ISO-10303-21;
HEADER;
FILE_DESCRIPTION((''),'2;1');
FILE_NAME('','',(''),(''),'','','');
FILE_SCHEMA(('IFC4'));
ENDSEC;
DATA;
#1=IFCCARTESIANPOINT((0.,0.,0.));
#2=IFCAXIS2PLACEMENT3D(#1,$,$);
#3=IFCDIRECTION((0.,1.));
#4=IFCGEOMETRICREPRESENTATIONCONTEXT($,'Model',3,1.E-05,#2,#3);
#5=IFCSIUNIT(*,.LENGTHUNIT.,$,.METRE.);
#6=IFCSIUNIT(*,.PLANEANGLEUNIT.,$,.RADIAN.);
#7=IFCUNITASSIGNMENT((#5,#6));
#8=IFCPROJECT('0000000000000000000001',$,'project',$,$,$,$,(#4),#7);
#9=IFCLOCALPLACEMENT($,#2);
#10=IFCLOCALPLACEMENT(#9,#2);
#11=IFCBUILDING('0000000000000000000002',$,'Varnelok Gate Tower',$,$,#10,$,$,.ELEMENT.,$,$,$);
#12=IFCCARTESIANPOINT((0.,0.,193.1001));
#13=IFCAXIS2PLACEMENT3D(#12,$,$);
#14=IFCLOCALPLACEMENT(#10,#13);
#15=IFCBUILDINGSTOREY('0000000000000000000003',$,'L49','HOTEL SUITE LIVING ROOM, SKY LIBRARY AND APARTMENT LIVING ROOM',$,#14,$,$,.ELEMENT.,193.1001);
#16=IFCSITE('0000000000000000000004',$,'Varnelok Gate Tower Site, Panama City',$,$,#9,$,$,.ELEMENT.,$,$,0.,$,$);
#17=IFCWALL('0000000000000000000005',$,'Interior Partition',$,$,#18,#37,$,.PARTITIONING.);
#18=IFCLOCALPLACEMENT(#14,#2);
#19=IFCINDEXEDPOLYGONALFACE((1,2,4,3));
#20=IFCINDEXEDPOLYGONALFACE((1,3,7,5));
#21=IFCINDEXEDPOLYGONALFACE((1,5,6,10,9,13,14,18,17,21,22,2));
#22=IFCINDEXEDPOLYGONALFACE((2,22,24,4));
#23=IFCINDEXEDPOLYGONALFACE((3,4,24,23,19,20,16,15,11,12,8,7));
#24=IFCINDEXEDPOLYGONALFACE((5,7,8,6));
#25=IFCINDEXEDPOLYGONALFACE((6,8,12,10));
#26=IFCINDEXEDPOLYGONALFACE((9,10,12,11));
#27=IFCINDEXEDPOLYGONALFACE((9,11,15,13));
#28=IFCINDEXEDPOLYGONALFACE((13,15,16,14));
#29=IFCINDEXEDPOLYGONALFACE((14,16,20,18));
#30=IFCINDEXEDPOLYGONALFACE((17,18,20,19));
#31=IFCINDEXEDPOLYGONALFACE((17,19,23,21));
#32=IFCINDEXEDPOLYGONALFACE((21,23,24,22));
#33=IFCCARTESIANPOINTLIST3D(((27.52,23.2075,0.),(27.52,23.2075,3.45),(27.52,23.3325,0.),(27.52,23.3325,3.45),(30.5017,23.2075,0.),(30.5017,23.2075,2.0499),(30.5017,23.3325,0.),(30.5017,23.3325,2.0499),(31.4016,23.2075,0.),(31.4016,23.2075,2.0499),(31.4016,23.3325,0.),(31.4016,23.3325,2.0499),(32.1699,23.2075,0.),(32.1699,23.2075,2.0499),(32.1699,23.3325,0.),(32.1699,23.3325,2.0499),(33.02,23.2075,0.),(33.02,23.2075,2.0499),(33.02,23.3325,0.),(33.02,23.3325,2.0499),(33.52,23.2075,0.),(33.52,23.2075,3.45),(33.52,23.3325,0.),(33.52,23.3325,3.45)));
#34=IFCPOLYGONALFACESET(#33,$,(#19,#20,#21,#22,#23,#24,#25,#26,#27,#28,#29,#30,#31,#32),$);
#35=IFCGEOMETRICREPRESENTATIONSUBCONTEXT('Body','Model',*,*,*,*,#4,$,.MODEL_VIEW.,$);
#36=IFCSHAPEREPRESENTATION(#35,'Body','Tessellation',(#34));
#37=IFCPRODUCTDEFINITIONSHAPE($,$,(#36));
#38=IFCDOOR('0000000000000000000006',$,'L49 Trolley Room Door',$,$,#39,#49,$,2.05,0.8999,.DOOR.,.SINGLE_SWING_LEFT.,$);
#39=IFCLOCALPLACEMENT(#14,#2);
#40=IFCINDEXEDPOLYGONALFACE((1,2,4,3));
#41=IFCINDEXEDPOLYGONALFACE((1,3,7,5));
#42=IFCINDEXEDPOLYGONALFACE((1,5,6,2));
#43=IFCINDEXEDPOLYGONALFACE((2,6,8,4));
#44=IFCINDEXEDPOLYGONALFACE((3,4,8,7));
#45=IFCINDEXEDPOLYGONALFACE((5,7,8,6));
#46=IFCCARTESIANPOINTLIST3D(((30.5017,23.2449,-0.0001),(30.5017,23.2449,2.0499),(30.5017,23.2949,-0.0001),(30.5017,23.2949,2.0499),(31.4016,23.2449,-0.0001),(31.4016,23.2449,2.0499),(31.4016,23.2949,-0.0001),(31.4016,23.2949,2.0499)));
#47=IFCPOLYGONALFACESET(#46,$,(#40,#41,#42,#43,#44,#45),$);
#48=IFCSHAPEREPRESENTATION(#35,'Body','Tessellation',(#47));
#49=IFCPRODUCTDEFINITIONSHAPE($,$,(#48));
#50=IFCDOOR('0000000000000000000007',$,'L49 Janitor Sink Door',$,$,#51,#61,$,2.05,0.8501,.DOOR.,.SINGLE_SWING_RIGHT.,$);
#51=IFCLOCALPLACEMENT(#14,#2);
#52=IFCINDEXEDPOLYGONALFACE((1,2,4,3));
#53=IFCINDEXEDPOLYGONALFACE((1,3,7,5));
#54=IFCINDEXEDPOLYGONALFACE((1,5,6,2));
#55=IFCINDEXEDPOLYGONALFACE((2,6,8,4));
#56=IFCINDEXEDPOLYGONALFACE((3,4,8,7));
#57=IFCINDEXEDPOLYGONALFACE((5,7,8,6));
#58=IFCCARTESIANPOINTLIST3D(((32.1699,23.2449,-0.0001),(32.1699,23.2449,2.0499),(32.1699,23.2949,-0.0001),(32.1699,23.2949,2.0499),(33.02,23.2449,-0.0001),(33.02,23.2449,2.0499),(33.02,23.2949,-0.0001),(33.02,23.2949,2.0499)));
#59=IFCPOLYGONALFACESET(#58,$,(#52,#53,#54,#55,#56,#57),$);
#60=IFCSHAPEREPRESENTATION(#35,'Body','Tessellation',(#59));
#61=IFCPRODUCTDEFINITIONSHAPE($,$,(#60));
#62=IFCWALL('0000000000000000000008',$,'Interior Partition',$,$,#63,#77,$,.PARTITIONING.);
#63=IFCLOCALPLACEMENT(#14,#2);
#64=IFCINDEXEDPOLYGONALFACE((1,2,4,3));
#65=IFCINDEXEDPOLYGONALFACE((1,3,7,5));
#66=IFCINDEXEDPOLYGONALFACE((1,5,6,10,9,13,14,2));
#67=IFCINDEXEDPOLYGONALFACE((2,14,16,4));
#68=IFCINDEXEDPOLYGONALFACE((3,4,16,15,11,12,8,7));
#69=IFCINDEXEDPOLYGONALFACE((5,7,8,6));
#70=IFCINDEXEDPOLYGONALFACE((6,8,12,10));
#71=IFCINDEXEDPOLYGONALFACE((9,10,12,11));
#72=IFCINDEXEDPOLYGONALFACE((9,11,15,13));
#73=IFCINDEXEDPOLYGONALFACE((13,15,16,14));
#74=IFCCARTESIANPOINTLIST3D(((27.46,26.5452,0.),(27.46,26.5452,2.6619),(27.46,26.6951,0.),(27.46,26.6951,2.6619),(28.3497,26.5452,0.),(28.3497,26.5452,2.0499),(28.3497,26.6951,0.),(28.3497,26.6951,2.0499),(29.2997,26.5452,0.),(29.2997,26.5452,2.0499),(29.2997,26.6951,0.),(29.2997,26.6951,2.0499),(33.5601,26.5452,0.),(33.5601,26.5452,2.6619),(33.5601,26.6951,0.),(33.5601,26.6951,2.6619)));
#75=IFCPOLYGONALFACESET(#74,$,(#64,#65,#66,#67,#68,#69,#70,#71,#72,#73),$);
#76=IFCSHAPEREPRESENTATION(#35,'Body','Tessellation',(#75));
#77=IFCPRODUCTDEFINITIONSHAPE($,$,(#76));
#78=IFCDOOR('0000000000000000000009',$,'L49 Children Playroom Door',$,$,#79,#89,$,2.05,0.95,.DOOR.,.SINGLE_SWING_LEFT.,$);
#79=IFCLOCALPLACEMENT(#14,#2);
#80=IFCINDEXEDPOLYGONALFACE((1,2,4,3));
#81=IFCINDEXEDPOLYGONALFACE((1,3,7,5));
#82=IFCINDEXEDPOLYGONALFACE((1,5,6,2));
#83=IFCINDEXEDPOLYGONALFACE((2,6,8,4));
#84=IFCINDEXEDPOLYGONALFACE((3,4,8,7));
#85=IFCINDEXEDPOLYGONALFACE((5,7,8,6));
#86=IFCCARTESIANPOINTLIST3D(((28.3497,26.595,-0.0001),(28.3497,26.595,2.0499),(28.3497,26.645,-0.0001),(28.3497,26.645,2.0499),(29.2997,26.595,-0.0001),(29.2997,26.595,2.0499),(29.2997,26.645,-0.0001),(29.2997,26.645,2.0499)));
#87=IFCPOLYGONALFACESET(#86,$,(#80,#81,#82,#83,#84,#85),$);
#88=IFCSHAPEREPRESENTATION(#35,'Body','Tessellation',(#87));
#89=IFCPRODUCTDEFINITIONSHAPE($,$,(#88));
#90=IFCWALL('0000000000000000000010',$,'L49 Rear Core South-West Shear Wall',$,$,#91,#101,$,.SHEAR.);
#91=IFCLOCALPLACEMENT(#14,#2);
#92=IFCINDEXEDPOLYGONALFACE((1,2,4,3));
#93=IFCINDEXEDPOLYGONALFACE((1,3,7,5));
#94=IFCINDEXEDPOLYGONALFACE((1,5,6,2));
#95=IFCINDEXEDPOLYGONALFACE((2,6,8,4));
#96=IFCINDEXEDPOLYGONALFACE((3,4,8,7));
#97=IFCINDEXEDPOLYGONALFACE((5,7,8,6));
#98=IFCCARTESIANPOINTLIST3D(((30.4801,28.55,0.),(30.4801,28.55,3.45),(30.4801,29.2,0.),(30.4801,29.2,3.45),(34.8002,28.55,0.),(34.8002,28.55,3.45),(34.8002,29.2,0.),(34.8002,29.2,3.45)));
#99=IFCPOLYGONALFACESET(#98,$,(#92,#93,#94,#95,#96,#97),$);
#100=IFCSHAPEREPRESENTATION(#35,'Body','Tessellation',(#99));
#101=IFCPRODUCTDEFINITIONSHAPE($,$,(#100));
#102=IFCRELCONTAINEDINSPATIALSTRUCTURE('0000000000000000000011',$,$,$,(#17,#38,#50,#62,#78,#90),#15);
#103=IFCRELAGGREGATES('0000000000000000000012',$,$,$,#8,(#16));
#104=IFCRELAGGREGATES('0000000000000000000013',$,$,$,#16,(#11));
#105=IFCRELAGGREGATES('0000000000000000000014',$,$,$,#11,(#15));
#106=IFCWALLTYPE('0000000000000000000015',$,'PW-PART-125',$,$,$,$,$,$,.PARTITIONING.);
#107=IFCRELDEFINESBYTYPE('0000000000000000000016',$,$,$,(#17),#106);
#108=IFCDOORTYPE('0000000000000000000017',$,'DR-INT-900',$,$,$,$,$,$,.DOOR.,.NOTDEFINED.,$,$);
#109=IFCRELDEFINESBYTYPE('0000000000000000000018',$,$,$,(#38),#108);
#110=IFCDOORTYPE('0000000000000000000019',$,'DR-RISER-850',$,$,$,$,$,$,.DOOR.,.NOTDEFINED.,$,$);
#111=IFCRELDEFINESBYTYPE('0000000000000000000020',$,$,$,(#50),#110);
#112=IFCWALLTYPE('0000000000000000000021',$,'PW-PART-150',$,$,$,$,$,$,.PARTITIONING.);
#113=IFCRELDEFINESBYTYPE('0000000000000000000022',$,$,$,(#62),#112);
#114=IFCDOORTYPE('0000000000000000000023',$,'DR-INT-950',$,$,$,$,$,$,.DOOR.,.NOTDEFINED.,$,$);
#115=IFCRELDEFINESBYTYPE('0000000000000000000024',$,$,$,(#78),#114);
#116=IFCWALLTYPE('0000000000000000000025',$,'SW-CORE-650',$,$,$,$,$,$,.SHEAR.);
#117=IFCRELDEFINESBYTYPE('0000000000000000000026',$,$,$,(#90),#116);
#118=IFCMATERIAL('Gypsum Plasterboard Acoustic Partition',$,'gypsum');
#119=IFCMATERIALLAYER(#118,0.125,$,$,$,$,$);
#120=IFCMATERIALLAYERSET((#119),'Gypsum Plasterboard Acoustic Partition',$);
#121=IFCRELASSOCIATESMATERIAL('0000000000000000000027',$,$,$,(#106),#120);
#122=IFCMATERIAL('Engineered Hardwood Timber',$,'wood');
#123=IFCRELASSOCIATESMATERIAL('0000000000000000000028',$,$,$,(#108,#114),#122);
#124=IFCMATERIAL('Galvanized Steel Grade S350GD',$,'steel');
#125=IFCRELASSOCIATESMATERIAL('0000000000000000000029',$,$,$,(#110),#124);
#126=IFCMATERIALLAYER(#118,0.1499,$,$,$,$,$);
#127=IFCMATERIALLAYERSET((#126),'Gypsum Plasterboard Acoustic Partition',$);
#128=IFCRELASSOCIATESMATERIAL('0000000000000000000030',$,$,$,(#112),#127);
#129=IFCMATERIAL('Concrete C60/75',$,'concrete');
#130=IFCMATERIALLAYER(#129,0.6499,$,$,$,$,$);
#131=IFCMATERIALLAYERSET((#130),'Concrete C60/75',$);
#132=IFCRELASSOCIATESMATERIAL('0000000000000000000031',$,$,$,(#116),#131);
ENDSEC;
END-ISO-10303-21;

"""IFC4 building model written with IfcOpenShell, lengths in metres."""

from ifc_helpers import new_model, si_unit, direction, frame, frame_2d, origin, place, context, subcontext, project, spatial, rectangle, extrude, material, layer, layer_set, type_object, element, fill, save


model = new_model("IFC4")

# Units and contexts
model_context = context("Model", 3, precision=1e-05, world=origin(), true_north=direction((0.0, 1.0)))
body_context = subcontext(model_context, "Body", "Model", "MODEL_VIEW")
ifc_project = project(units=[si_unit("LENGTHUNIT", "METRE"), si_unit("PLANEANGLEUNIT", "RADIAN")], contexts=[model_context])

# Site, building, storey
site_placement = place(None, origin())
site = spatial("IfcSite", under=ifc_project, at=site_placement, Name="Varnelok Gate Tower Site, Panama City", CompositionType="ELEMENT", RefElevation=0.0)
building_placement = place(site_placement, origin())
building = spatial("IfcBuilding", under=site, at=building_placement, Name="Varnelok Gate Tower", CompositionType="ELEMENT")
storey_placement = place(building_placement, frame((0.0, 0.0, 193.1001)))
storey = spatial("IfcBuildingStorey", under=building, at=storey_placement, Name="L49", Description="HOTEL SUITE LIVING ROOM, SKY LIBRARY AND APARTMENT LIVING ROOM", CompositionType="ELEMENT", Elevation=193.1001)

# Shared definitions
ifc_material_1 = material(Name="Concrete C60/75", Category="concrete")

# Wall, openings, doors
ifc_material_2 = material(Name="Gypsum Plasterboard Acoustic Partition", Category="gypsum")
ifc_layer_1 = layer(ifc_material_2, 0.125)
ifc_layer_set_1 = layer_set([ifc_layer_1], Name="Gypsum Plasterboard Acoustic Partition")
wall_type_1 = type_object("IfcWallType", Name="PW-PART-125", PredefinedType="PARTITIONING", material=ifc_layer_set_1)
wall_1_placement = place(storey_placement, frame((27.52, 23.27, 0.0), z_axis=(0.0, 0.0, 1.0), x_axis=(1.0, 0.0, 0.0)))
wall_1 = element("IfcWall", 1, at=wall_1_placement, inside=storey, type_object=wall_type_1, Name="Interior Partition", PredefinedType="PARTITIONING", context=body_context, shape_type="SweptSolid", body=[
    extrude(rectangle(XDim=6.0, YDim=0.125, at=frame_2d((3.0, 0.0))), origin(), (0.0, 0.0, 1.0), 3.45),
])
opening_1_placement = place(wall_1_placement, frame((2.9817, 0.0, 0.0)))
opening_1 = element("IfcOpeningElement", 2, at=opening_1_placement, cuts=wall_1, PredefinedType="OPENING", context=body_context, shape_type="SweptSolid", body=[
    extrude(rectangle(XDim=0.8999, YDim=2.05, at=frame_2d((0.45, 1.0249))), frame((0.0, 0.0725, 0.0), z_axis=(0.0, -1.0, 0.0), x_axis=(1.0, 0.0, 0.0)), (0.0, 0.0, 1.0), 0.145),
])
opening_2_placement = place(wall_1_placement, frame((4.6499, 0.0, 0.0)))
opening_2 = element("IfcOpeningElement", 3, at=opening_2_placement, cuts=wall_1, PredefinedType="OPENING", context=body_context, shape_type="SweptSolid", body=[
    extrude(rectangle(XDim=0.8501, YDim=2.05, at=frame_2d((0.425, 1.0249))), frame((0.0, 0.0725, 0.0), z_axis=(0.0, -1.0, 0.0), x_axis=(1.0, 0.0, 0.0)), (0.0, 0.0, 1.0), 0.145),
])
ifc_material_3 = material(Name="Engineered Hardwood Timber", Category="wood")
door_type_1 = type_object("IfcDoorType", Name="DR-INT-900", OperationType="NOTDEFINED", PredefinedType="DOOR", material=ifc_material_3)
door_1_placement = place(opening_1_placement, origin())
door_1 = element("IfcDoor", 4, at=door_1_placement, inside=storey, type_object=door_type_1, Name="L49 Trolley Room Door", OperationType="SINGLE_SWING_LEFT", OverallHeight=2.05, OverallWidth=0.8999, PredefinedType="DOOR", context=body_context, shape_type="SweptSolid", body=[
    extrude(rectangle(XDim=0.8999, YDim=2.05, at=frame_2d((0.45, 1.0249))), frame((0.0, 0.0249, 0.0), z_axis=(0.0, -1.0, 0.0), x_axis=(1.0, 0.0, 0.0)), (0.0, 0.0, 1.0), 0.05),
])
fill(opening_1, door_1)
ifc_material_4 = material(Name="Galvanized Steel Grade S350GD", Category="steel")
door_type_2 = type_object("IfcDoorType", Name="DR-RISER-850", OperationType="NOTDEFINED", PredefinedType="DOOR", material=ifc_material_4)
door_2_placement = place(opening_2_placement, origin())
door_2 = element("IfcDoor", 5, at=door_2_placement, inside=storey, type_object=door_type_2, Name="L49 Janitor Sink Door", OperationType="SINGLE_SWING_RIGHT", OverallHeight=2.05, OverallWidth=0.8501, PredefinedType="DOOR", context=body_context, shape_type="SweptSolid", body=[
    extrude(rectangle(XDim=0.8501, YDim=2.05, at=frame_2d((0.425, 1.0249))), frame((0.0, 0.0249, 0.0), z_axis=(0.0, -1.0, 0.0), x_axis=(1.0, 0.0, 0.0)), (0.0, 0.0, 1.0), 0.05),
])
fill(opening_2, door_2)

# Wall, opening, door
ifc_layer_2 = layer(ifc_material_2, 0.1499)
ifc_layer_set_2 = layer_set([ifc_layer_2], Name="Gypsum Plasterboard Acoustic Partition")
wall_type_2 = type_object("IfcWallType", Name="PW-PART-150", PredefinedType="PARTITIONING", material=ifc_layer_set_2)
wall_2_placement = place(storey_placement, frame((27.46, 26.6201, 0.0), z_axis=(0.0, 0.0, 1.0), x_axis=(1.0, 0.0, 0.0)))
wall_2 = element("IfcWall", 6, at=wall_2_placement, inside=storey, type_object=wall_type_2, Name="Interior Partition", PredefinedType="PARTITIONING", context=body_context, shape_type="SweptSolid", body=[
    extrude(rectangle(XDim=6.1001, YDim=0.1499, at=frame_2d((3.05, 0.0))), origin(), (0.0, 0.0, 1.0), 2.6619),
])
opening_3_placement = place(wall_2_placement, frame((0.8896, 0.0, 0.0)))
opening_3 = element("IfcOpeningElement", 7, at=opening_3_placement, cuts=wall_2, PredefinedType="OPENING", context=body_context, shape_type="SweptSolid", body=[
    extrude(rectangle(XDim=0.95, YDim=2.05, at=frame_2d((0.4751, 1.0249))), frame((0.0, 0.085, 0.0), z_axis=(0.0, -1.0, 0.0), x_axis=(1.0, 0.0, 0.0)), (0.0, 0.0, 1.0), 0.1699),
])
door_type_3 = type_object("IfcDoorType", Name="DR-INT-950", OperationType="NOTDEFINED", PredefinedType="DOOR", material=ifc_material_3)
door_3_placement = place(opening_3_placement, origin())
door_3 = element("IfcDoor", 8, at=door_3_placement, inside=storey, type_object=door_type_3, Name="L49 Children Playroom Door", OperationType="SINGLE_SWING_LEFT", OverallHeight=2.05, OverallWidth=0.95, PredefinedType="DOOR", context=body_context, shape_type="SweptSolid", body=[
    extrude(rectangle(XDim=0.95, YDim=2.05, at=frame_2d((0.4751, 1.0249))), frame((0.0, 0.0249, 0.0), z_axis=(0.0, -1.0, 0.0), x_axis=(1.0, 0.0, 0.0)), (0.0, 0.0, 1.0), 0.05),
])
fill(opening_3, door_3)

# Wall
ifc_layer_3 = layer(ifc_material_1, 0.6499)
ifc_layer_set_3 = layer_set([ifc_layer_3], Name="Concrete C60/75")
wall_type_3 = type_object("IfcWallType", Name="SW-CORE-650", PredefinedType="SHEAR", material=ifc_layer_set_3)
wall_3_placement = place(storey_placement, frame((30.48, 28.875, 0.0), z_axis=(0.0, 0.0, 1.0), x_axis=(1.0, 0.0, 0.0)))
element("IfcWall", 9, at=wall_3_placement, inside=storey, type_object=wall_type_3, Name="L49 Rear Core South-West Shear Wall", PredefinedType="SHEAR", context=body_context, shape_type="SweptSolid", body=[
    extrude(rectangle(XDim=4.3201, YDim=0.6499, at=frame_2d((2.1602, 0.0))), origin(), (0.0, 0.0, 1.0), 3.45),
])

save(model, "model.ifc")
